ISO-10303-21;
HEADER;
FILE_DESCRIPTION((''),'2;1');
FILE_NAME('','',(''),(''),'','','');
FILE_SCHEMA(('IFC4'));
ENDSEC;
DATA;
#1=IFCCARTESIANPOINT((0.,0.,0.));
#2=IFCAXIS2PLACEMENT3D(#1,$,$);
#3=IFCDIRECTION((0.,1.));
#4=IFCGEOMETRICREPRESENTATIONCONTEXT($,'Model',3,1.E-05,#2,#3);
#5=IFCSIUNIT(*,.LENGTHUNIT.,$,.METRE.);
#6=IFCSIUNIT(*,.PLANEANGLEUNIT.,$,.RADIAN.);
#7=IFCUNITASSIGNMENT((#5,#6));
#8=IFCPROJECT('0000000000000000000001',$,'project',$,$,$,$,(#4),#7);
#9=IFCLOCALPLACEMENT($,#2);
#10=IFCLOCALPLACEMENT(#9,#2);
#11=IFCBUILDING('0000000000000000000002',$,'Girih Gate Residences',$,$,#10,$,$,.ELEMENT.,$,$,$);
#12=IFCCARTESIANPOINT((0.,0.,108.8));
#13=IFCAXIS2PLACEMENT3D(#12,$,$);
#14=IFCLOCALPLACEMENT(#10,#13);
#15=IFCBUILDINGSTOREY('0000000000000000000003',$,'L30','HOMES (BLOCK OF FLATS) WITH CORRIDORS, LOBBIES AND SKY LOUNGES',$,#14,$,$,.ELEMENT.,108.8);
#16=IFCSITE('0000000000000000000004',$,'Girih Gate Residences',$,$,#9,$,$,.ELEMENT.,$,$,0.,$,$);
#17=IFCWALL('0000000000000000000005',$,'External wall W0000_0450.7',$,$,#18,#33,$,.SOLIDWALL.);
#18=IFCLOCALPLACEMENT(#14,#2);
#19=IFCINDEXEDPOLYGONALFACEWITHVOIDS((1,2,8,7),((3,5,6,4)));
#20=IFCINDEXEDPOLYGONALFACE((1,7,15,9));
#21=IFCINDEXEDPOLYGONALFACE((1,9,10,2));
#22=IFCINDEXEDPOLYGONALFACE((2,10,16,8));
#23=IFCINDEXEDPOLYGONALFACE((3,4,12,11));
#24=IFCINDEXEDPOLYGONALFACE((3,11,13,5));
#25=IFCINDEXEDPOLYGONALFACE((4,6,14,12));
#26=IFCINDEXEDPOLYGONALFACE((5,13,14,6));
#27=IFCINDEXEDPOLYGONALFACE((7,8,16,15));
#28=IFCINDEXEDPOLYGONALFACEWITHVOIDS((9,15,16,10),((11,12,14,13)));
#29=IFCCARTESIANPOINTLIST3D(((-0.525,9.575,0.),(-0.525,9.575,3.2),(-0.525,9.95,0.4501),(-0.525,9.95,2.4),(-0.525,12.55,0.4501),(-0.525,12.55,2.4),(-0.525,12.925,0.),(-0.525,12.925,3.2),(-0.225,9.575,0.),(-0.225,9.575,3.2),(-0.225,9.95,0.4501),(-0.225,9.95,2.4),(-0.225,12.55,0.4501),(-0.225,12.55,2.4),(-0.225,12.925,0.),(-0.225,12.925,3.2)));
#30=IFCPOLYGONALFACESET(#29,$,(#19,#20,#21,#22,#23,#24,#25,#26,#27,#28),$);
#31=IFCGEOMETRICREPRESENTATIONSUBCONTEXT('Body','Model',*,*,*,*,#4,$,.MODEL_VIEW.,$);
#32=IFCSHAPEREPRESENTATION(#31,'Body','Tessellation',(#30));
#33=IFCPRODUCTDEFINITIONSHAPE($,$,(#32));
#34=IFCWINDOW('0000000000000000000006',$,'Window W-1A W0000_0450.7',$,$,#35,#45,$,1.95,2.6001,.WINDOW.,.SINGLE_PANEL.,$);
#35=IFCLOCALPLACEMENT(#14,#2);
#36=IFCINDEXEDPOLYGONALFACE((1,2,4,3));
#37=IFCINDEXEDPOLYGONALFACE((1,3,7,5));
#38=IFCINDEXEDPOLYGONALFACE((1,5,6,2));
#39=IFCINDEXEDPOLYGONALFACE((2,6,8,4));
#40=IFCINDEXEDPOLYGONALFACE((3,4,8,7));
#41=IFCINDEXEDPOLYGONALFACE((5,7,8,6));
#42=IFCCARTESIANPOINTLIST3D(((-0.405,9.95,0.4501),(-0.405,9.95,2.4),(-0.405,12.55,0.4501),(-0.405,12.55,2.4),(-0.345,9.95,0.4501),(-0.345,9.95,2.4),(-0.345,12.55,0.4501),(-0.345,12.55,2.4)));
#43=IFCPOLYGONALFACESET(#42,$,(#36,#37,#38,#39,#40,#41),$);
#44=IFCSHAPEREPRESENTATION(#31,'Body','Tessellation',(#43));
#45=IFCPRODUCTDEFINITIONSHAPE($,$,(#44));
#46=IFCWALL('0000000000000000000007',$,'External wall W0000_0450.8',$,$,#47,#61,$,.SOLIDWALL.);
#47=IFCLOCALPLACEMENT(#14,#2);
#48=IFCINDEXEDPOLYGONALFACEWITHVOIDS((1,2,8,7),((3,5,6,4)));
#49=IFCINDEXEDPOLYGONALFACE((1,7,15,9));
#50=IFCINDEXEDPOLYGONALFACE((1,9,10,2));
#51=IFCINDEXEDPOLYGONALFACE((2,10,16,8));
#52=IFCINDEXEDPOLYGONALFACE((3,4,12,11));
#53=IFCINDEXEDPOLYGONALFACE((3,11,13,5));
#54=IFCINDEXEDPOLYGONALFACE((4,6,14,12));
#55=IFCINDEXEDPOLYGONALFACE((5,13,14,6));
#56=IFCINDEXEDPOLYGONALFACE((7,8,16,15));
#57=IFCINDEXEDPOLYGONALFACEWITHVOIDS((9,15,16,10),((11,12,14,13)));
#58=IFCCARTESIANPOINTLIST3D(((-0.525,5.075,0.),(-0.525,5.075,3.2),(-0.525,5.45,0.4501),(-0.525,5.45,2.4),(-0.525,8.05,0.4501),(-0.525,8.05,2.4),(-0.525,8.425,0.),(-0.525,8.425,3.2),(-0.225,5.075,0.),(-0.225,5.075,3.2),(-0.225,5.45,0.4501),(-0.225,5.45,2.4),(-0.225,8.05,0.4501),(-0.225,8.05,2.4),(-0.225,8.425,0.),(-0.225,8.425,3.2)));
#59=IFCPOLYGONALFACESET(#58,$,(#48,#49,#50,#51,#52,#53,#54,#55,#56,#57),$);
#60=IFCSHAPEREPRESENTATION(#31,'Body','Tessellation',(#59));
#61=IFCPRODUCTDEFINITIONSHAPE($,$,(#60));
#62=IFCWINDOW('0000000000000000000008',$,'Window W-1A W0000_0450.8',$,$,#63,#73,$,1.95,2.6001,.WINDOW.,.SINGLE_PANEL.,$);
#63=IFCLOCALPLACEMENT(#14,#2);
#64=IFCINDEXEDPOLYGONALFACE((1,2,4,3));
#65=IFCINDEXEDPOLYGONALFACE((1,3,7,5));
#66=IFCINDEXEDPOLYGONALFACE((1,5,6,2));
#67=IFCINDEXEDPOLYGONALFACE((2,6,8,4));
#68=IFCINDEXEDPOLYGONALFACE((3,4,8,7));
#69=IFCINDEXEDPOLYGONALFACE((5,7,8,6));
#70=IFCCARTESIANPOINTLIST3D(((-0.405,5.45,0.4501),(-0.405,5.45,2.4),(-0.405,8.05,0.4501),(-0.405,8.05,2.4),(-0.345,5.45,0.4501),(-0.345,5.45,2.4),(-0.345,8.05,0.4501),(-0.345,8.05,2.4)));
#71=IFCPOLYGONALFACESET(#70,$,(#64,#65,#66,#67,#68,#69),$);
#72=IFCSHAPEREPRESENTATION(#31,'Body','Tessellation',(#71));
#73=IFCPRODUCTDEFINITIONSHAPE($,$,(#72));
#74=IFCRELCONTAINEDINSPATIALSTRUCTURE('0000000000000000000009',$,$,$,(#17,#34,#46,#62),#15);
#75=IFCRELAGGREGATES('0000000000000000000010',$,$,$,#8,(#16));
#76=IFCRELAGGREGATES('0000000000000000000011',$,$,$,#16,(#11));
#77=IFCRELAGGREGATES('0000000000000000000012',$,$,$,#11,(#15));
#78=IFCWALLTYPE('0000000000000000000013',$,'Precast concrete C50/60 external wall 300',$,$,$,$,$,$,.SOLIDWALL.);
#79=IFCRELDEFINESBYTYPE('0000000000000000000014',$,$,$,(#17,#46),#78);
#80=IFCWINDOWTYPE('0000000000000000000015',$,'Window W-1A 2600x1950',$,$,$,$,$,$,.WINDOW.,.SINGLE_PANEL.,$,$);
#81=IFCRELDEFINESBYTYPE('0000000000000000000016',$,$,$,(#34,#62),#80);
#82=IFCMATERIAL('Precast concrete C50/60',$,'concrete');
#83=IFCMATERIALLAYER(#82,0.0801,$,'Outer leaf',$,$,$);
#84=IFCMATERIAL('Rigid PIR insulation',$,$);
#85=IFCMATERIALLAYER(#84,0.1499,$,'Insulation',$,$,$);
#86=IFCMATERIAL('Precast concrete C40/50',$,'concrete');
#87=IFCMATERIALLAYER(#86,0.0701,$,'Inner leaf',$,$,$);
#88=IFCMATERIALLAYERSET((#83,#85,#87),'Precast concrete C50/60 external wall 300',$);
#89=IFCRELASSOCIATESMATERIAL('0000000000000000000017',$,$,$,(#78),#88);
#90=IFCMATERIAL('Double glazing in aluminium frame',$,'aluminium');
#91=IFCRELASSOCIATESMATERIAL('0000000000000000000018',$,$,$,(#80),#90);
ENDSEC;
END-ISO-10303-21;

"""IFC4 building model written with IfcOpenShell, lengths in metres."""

from ifc_helpers import new_model, si_unit, direction, frame, frame_2d, origin, place, context, subcontext, project, spatial, rectangle, extrude, material, layer, layer_set, type_object, element, fill, save


model = new_model("IFC4")

# Units and contexts
model_context = context("Model", 3, precision=1e-05, world=origin(), true_north=direction((0.0, 1.0)))
body_context = subcontext(model_context, "Body", "Model", "MODEL_VIEW")
ifc_project = project(units=[si_unit("LENGTHUNIT", "METRE"), si_unit("PLANEANGLEUNIT", "RADIAN")], contexts=[model_context])

# Site, building, storey
site_placement = place(None, origin())
site = spatial("IfcSite", under=ifc_project, at=site_placement, Name="Girih Gate Residences", CompositionType="ELEMENT", RefElevation=0.0)
building_placement = place(site_placement, origin())
building = spatial("IfcBuilding", under=site, at=building_placement, Name="Girih Gate Residences", CompositionType="ELEMENT")
storey_placement = place(building_placement, frame((0.0, 0.0, 108.8)))
storey = spatial("IfcBuildingStorey", under=building, at=storey_placement, Name="L30", Description="HOMES (BLOCK OF FLATS) WITH CORRIDORS, LOBBIES AND SKY LOUNGES", CompositionType="ELEMENT", Elevation=108.8)

# Walls, openings, windows
ifc_material_1 = material(Name="Precast concrete C50/60", Category="concrete")
ifc_layer_1 = layer(ifc_material_1, 0.0801, Name="Outer leaf")
ifc_material_2 = material(Name="Rigid PIR insulation")
ifc_layer_2 = layer(ifc_material_2, 0.1499, Name="Insulation")
ifc_material_3 = material(Name="Precast concrete C40/50", Category="concrete")
ifc_layer_3 = layer(ifc_material_3, 0.0701, Name="Inner leaf")
ifc_layer_set_1 = layer_set([ifc_layer_1, ifc_layer_2, ifc_layer_3], Name="Precast concrete C50/60 external wall 300")
wall_type_1 = type_object("IfcWallType", Name="Precast concrete C50/60 external wall 300", PredefinedType="SOLIDWALL", material=ifc_layer_set_1)
ifc_material_4 = material(Name="Double glazing in aluminium frame", Category="aluminium")
window_type = type_object("IfcWindowType", Name="Window W-1A 2600x1950", PartitioningType="SINGLE_PANEL", PredefinedType="WINDOW", material=ifc_material_4)
wall_1_placement = place(storey_placement, frame((-0.375, 9.575, 0.0), z_axis=(0.0, 0.0, 1.0), x_axis=(0.0, 1.0, 0.0)))
wall_1 = element("IfcWall", 1, at=wall_1_placement, inside=storey, type_object=wall_type_1, Name="External wall W0000_0450.7", PredefinedType="SOLIDWALL", context=body_context, shape_type="SweptSolid", body=[
    extrude(rectangle(XDim=3.3501, YDim=0.3, at=frame_2d((1.675, 0.0))), origin(), (0.0, 0.0, 1.0), 3.2),
])
opening_1_placement = place(wall_1_placement, frame((0.375, 0.0, 0.45)))
opening_1 = element("IfcOpeningElement", 2, at=opening_1_placement, cuts=wall_1, PredefinedType="OPENING", context=body_context, shape_type="SweptSolid", body=[
    extrude(rectangle(XDim=2.6001, YDim=1.95, at=frame_2d((1.3, 0.9751))), frame((0.0, 0.1599, 0.0), z_axis=(0.0, -1.0, 0.0), x_axis=(1.0, 0.0, 0.0)), (0.0, 0.0, 1.0), 0.3201),
])
window_1_placement = place(opening_1_placement, origin())
window_1 = element("IfcWindow", 3, at=window_1_placement, inside=storey, type_object=window_type, Name="Window W-1A W0000_0450.7", OverallHeight=1.95, OverallWidth=2.6001, PartitioningType="SINGLE_PANEL", PredefinedType="WINDOW", context=body_context, shape_type="SweptSolid", body=[
    extrude(rectangle(XDim=2.6001, YDim=1.95, at=frame_2d((1.3, 0.9751))), frame((0.0, 0.03, 0.0), z_axis=(0.0, -1.0, 0.0), x_axis=(1.0, 0.0, 0.0)), (0.0, 0.0, 1.0), 0.0601),
])
fill(opening_1, window_1)
wall_2_placement = place(storey_placement, frame((-0.375, 5.075, 0.0), z_axis=(0.0, 0.0, 1.0), x_axis=(0.0, 1.0, 0.0)))
wall_2 = element("IfcWall", 4, at=wall_2_placement, inside=storey, type_object=wall_type_1, Name="External wall W0000_0450.8", PredefinedType="SOLIDWALL", context=body_context, shape_type="SweptSolid", body=[
    extrude(rectangle(XDim=3.3501, YDim=0.3, at=frame_2d((1.675, 0.0))), origin(), (0.0, 0.0, 1.0), 3.2),
])
opening_2_placement = place(wall_2_placement, frame((0.375, 0.0, 0.45)))
opening_2 = element("IfcOpeningElement", 5, at=opening_2_placement, cuts=wall_2, PredefinedType="OPENING", context=body_context, shape_type="SweptSolid", body=[
    extrude(rectangle(XDim=2.6001, YDim=1.95, at=frame_2d((1.3, 0.9751))), frame((0.0, 0.1599, 0.0), z_axis=(0.0, -1.0, 0.0), x_axis=(1.0, 0.0, 0.0)), (0.0, 0.0, 1.0), 0.3201),
])
window_2_placement = place(opening_2_placement, origin())
window_2 = element("IfcWindow", 6, at=window_2_placement, inside=storey, type_object=window_type, Name="Window W-1A W0000_0450.8", OverallHeight=1.95, OverallWidth=2.6001, PartitioningType="SINGLE_PANEL", PredefinedType="WINDOW", context=body_context, shape_type="SweptSolid", body=[
    extrude(rectangle(XDim=2.6001, YDim=1.95, at=frame_2d((1.3, 0.9751))), frame((0.0, 0.03, 0.0), z_axis=(0.0, -1.0, 0.0), x_axis=(1.0, 0.0, 0.0)), (0.0, 0.0, 1.0), 0.0601),
])
fill(opening_2, window_2)

save(model, "model.ifc")
